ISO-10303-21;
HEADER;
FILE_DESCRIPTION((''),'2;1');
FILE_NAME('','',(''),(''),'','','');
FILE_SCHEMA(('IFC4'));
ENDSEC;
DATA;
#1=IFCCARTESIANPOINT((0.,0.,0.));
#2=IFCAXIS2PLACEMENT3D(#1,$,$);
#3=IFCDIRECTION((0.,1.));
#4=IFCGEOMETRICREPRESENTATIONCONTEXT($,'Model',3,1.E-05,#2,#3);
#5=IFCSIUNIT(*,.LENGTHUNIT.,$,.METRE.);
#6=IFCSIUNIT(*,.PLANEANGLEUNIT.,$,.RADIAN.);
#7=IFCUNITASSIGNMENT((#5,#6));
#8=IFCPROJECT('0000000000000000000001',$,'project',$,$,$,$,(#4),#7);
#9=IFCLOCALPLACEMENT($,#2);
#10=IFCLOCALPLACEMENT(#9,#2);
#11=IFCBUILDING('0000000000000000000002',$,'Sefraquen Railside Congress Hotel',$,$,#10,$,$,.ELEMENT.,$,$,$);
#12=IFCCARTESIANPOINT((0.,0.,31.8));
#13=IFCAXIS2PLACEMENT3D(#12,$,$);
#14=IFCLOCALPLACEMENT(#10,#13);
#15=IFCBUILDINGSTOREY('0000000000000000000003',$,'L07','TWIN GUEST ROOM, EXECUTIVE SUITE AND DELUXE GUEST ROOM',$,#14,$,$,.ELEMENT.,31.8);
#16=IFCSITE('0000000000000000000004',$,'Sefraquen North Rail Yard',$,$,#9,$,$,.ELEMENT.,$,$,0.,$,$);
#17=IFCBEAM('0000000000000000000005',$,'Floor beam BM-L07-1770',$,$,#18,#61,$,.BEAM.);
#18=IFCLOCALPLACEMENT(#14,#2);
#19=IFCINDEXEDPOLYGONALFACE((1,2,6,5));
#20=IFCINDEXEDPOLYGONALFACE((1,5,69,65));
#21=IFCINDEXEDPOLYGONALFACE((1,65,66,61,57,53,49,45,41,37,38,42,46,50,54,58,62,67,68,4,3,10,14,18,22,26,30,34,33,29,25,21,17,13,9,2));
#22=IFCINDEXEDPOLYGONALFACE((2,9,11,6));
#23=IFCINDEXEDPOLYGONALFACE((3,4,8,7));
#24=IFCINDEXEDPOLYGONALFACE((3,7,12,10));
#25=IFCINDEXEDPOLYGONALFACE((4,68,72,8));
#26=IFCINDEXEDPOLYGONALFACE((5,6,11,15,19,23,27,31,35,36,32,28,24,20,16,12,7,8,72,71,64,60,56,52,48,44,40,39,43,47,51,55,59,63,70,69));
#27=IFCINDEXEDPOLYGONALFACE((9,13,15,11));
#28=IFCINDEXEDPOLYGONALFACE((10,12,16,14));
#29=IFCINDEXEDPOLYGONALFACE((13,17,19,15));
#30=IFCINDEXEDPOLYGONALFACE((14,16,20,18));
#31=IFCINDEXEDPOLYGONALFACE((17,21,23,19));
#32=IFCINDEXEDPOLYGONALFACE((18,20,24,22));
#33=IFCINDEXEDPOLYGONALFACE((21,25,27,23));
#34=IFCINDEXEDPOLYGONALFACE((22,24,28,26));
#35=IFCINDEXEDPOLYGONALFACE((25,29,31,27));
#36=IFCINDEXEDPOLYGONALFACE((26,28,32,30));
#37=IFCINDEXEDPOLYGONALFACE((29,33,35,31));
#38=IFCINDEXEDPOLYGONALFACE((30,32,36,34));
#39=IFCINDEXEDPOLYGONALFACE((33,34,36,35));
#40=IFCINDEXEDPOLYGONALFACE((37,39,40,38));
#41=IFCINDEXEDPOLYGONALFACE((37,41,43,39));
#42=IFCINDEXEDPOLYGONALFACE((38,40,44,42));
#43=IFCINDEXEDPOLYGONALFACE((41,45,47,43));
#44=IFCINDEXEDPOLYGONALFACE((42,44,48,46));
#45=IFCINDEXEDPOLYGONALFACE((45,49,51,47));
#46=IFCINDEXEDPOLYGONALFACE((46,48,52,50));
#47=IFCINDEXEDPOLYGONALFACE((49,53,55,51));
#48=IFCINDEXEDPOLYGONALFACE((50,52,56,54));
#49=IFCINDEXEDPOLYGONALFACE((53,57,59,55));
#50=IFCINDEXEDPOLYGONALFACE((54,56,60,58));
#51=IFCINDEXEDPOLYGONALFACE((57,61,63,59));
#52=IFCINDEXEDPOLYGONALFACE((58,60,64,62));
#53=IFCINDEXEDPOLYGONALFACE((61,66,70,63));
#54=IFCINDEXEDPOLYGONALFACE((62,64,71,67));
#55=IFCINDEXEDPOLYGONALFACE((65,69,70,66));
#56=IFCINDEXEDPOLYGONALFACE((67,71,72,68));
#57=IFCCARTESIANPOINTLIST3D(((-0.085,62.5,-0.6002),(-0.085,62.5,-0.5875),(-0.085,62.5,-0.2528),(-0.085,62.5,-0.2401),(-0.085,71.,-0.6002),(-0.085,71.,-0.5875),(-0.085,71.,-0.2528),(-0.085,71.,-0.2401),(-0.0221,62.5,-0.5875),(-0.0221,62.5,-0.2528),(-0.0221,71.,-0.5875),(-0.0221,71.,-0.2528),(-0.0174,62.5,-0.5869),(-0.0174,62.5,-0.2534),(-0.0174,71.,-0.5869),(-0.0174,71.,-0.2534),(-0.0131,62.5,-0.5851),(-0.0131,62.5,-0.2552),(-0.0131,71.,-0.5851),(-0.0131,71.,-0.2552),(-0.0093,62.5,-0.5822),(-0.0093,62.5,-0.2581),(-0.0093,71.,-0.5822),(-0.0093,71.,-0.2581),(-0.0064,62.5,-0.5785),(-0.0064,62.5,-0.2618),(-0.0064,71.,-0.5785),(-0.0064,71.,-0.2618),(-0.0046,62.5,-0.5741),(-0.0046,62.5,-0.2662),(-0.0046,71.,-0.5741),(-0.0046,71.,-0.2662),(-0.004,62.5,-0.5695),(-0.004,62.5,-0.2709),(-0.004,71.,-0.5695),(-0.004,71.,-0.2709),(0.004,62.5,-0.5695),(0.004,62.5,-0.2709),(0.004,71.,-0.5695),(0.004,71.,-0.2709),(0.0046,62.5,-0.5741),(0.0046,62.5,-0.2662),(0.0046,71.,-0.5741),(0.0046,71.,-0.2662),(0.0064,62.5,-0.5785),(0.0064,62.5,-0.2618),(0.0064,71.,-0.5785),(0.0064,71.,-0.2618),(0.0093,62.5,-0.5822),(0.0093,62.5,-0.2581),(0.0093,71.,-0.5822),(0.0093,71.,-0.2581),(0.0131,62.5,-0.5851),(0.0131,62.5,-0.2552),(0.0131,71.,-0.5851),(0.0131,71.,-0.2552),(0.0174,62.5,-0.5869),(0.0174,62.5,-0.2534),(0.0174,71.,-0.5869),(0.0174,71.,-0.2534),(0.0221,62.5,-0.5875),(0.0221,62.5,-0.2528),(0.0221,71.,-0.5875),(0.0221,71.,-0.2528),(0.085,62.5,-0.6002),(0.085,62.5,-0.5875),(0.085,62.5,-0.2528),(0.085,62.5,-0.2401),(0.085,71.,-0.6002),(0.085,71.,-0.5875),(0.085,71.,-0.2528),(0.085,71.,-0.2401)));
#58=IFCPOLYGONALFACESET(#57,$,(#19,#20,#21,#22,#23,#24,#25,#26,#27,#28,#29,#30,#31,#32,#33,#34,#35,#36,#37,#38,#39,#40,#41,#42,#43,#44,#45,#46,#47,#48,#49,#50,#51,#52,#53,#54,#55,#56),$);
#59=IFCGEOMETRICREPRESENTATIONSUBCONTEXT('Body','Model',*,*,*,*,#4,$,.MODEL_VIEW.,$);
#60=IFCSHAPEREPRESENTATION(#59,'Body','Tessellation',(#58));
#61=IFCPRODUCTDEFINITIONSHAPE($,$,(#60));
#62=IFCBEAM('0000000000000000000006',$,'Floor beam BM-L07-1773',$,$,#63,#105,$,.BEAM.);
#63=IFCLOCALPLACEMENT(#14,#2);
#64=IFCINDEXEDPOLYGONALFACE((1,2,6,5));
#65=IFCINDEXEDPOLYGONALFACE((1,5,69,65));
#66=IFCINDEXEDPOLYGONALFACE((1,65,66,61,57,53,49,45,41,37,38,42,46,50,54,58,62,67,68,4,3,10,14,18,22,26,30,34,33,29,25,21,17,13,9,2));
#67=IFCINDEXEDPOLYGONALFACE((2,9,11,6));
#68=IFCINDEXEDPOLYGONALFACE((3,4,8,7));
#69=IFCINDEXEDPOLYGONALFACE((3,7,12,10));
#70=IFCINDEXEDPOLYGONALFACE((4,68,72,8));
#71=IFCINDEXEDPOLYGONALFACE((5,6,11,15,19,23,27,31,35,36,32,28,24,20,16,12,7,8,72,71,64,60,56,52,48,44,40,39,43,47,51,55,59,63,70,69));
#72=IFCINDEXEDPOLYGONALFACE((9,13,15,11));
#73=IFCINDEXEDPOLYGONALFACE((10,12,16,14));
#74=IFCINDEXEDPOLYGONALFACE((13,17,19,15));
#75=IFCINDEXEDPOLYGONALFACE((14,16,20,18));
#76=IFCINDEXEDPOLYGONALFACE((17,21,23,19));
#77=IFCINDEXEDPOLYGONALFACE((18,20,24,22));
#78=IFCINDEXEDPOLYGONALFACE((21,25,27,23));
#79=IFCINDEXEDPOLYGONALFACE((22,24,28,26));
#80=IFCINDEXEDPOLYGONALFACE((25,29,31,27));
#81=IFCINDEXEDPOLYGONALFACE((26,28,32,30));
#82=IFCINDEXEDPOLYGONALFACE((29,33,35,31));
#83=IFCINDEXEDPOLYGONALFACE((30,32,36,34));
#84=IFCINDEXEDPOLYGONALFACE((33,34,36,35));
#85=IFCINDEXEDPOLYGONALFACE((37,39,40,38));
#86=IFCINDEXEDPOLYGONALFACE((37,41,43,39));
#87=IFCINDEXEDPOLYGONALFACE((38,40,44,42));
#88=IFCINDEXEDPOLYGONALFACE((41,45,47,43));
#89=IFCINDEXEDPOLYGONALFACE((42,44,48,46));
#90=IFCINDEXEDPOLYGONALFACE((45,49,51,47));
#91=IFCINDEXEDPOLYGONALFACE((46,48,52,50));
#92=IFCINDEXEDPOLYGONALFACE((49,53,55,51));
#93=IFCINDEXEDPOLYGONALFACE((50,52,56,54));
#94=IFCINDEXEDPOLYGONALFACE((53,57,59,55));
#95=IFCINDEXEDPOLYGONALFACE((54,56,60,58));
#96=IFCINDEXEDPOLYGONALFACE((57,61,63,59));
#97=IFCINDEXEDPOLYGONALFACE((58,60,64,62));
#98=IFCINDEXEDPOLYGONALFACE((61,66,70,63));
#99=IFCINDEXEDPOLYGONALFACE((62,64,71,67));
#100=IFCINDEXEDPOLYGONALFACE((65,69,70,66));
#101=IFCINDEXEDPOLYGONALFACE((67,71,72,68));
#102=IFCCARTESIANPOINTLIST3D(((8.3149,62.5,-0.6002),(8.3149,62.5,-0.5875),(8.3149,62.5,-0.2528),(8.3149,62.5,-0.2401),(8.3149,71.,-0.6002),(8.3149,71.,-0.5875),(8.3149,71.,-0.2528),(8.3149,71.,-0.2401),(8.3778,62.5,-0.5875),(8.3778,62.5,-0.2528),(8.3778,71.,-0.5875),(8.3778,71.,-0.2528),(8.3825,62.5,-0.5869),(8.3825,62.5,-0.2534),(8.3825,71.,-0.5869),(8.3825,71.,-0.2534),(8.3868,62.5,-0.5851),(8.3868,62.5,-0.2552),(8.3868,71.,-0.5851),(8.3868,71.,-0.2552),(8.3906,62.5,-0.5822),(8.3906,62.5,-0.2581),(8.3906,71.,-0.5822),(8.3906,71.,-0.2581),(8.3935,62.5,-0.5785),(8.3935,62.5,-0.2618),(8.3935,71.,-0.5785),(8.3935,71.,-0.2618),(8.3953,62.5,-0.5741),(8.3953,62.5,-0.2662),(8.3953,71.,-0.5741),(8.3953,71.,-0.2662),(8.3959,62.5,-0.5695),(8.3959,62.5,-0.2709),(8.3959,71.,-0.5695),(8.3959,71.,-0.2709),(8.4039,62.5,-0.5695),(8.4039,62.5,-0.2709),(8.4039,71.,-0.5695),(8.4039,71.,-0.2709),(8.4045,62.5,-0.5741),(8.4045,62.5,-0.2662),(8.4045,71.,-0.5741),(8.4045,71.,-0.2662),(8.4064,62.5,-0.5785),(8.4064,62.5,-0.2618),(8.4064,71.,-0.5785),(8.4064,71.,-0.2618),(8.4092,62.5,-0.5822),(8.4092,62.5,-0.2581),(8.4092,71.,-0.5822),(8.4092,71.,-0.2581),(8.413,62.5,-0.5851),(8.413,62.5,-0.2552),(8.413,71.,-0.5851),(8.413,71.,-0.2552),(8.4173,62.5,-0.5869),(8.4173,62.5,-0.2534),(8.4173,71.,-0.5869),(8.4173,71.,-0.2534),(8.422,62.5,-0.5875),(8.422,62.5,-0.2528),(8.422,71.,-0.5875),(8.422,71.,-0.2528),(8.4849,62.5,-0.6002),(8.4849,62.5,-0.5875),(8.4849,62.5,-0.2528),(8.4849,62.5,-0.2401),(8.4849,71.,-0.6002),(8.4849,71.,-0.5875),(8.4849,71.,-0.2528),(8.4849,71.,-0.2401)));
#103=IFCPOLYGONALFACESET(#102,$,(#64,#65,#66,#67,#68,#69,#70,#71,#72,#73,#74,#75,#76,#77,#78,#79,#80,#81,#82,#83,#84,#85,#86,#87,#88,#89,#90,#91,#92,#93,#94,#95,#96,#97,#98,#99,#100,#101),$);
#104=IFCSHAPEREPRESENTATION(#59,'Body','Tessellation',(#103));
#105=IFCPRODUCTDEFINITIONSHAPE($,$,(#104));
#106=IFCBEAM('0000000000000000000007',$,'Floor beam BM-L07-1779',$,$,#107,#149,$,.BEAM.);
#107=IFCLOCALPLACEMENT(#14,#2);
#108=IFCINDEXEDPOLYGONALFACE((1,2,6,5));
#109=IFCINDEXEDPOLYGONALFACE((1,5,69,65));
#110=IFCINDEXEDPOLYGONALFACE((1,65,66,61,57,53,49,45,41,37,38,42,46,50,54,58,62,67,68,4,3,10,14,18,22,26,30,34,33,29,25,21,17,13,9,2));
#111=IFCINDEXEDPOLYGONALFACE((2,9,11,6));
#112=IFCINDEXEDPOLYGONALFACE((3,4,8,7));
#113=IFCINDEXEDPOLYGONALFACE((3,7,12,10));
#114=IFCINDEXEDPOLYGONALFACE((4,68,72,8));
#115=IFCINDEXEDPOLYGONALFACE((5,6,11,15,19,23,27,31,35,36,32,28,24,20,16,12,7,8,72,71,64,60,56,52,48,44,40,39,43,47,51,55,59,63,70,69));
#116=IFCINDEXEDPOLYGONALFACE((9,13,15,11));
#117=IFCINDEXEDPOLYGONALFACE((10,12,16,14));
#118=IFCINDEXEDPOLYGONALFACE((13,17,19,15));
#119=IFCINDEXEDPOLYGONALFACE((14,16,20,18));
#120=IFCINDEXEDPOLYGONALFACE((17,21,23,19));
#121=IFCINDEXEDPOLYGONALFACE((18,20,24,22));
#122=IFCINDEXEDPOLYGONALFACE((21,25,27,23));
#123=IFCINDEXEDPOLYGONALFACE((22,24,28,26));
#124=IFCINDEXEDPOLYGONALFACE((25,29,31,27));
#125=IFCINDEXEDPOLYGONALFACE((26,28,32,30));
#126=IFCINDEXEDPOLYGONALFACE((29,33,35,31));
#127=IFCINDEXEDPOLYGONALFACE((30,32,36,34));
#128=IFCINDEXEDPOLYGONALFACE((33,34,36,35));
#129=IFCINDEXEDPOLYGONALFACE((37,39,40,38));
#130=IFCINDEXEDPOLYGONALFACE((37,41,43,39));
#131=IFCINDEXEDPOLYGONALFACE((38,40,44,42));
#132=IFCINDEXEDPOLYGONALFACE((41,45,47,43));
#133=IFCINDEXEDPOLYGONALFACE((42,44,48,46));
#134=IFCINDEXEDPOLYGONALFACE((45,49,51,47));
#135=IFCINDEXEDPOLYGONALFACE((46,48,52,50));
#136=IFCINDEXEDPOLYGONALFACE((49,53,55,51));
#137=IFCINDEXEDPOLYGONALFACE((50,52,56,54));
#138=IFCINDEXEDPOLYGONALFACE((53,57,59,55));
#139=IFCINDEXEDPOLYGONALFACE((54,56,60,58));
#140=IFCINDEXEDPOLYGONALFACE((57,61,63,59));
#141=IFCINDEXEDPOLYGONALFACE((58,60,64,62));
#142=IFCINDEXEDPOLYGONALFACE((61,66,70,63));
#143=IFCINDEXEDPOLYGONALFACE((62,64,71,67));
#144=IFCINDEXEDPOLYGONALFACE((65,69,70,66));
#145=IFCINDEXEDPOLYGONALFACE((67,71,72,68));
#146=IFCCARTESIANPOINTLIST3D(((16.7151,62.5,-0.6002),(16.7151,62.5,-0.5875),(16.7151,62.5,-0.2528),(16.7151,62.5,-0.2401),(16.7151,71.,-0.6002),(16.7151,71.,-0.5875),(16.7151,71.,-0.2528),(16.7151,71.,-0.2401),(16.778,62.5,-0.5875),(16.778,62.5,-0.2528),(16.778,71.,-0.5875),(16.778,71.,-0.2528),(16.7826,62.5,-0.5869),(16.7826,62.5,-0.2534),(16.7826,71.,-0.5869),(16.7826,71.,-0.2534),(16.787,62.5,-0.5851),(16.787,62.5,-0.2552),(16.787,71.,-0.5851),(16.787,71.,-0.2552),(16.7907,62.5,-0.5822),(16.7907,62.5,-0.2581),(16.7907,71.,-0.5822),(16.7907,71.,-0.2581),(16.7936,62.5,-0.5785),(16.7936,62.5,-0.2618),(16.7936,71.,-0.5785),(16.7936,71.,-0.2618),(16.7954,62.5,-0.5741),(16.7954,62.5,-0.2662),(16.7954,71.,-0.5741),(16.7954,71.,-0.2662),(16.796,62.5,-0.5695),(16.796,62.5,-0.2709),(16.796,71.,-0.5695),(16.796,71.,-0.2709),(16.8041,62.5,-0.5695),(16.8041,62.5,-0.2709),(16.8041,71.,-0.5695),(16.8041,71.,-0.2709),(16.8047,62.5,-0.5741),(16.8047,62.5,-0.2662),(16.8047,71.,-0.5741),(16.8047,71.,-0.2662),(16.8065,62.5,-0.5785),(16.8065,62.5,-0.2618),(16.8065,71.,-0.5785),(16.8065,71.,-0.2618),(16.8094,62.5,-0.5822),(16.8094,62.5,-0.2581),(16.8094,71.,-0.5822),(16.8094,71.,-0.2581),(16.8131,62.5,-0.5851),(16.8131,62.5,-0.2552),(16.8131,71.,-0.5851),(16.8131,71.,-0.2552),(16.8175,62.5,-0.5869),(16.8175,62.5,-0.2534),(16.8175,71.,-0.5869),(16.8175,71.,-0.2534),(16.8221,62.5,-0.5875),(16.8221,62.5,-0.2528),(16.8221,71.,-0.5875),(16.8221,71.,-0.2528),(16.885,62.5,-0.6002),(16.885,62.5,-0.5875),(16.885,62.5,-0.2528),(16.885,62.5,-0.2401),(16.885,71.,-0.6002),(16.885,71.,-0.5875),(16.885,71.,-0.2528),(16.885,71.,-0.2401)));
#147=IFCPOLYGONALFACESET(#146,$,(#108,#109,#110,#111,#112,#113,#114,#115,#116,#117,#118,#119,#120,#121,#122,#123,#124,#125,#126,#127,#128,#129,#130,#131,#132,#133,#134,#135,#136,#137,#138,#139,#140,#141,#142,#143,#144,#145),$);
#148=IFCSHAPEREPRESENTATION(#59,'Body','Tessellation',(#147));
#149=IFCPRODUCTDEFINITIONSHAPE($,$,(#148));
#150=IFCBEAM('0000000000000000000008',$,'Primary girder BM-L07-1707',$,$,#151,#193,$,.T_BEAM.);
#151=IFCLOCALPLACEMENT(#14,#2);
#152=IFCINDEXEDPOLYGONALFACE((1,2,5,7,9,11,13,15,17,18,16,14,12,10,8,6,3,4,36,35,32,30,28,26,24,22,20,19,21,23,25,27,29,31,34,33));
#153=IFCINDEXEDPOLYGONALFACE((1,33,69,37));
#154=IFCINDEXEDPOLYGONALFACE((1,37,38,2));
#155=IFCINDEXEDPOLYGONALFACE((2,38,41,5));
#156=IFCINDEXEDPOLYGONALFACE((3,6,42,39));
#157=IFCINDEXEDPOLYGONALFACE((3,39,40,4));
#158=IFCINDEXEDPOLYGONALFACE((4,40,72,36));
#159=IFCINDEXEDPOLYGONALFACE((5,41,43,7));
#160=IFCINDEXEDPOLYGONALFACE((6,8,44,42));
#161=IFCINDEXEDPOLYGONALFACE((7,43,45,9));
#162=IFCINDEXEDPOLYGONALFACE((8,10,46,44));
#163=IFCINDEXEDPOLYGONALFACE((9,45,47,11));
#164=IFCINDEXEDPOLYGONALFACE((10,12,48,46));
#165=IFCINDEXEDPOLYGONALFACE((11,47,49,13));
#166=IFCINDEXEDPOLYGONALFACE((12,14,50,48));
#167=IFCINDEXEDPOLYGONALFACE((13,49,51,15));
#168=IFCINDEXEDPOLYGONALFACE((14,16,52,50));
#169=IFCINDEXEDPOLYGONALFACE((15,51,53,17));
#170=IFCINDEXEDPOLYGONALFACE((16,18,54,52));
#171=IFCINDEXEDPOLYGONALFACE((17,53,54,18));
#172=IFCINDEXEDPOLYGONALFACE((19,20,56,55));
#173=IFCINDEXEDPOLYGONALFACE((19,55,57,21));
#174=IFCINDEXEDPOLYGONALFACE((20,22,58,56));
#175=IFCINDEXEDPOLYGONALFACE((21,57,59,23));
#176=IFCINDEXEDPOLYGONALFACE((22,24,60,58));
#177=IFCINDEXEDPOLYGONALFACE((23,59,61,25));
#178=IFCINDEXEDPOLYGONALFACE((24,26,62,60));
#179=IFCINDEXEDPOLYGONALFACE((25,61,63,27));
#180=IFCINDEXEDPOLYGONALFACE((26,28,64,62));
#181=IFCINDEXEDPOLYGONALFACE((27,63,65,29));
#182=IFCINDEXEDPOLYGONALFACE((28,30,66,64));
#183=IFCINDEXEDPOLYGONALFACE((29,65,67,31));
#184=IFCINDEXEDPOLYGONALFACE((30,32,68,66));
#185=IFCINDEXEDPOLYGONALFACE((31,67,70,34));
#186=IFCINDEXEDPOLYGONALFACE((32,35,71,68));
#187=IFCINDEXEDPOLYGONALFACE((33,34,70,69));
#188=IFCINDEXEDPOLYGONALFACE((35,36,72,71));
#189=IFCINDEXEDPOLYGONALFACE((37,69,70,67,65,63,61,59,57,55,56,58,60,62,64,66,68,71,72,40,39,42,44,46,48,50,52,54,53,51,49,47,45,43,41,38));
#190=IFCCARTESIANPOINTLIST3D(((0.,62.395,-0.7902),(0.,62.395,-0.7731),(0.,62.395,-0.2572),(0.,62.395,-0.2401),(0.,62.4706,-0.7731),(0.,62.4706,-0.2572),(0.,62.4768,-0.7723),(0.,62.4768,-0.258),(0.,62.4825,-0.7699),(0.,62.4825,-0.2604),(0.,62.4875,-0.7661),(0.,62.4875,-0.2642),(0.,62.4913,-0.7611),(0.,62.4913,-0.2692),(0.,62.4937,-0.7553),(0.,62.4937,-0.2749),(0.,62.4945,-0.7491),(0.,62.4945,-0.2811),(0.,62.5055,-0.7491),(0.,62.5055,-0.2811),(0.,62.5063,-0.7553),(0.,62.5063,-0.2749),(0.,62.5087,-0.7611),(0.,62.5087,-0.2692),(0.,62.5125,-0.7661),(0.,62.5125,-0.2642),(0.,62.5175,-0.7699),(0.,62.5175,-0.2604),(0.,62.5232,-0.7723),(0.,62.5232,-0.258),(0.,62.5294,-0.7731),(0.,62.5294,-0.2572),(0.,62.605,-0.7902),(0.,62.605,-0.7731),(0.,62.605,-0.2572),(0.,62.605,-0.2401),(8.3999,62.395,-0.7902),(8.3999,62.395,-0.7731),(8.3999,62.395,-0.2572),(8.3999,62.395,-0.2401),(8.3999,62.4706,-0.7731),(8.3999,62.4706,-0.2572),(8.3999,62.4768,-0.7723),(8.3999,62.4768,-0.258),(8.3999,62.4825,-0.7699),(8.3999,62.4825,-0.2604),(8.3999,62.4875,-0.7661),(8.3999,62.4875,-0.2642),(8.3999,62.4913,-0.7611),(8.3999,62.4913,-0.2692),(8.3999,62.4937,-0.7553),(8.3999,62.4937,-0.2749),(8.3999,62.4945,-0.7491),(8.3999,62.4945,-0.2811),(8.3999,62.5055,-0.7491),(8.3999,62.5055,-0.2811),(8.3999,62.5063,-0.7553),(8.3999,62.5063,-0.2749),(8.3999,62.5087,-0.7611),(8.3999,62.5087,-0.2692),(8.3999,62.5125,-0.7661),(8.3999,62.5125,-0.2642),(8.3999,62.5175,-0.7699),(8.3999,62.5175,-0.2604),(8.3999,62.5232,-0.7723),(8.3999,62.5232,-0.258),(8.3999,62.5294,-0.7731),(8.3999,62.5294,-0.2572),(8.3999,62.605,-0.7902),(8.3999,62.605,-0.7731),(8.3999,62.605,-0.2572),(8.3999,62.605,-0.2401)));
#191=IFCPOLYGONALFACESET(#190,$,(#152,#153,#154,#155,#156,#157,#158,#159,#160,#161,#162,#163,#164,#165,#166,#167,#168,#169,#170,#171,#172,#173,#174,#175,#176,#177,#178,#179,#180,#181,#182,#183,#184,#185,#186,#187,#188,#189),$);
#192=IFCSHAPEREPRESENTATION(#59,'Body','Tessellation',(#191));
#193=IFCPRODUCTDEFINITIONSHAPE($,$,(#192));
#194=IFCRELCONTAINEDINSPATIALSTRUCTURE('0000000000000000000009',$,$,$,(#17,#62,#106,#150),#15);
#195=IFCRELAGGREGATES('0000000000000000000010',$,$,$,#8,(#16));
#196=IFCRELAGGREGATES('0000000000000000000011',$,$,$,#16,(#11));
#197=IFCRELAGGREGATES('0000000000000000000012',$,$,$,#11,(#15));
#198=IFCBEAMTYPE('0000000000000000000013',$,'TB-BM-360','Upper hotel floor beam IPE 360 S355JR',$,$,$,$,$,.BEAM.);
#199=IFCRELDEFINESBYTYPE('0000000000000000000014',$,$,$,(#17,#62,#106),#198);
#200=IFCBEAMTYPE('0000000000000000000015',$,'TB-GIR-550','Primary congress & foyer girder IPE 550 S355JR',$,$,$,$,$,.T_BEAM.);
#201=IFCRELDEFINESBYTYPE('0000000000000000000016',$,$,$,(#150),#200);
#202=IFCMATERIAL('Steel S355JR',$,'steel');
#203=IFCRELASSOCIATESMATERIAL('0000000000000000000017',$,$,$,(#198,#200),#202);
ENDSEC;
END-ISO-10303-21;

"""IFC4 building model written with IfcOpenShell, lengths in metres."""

from ifc_helpers import new_model, si_unit, direction, frame, origin, origin_2d, place, context, subcontext, project, spatial, i_section, extrude, material, material_profile, profile_set, type_object, element, save


model = new_model("IFC4")

# Units and contexts
model_context = context("Model", 3, precision=1e-05, world=origin(), true_north=direction((0.0, 1.0)))
body_context = subcontext(model_context, "Body", "Model", "MODEL_VIEW")
ifc_project = project(units=[si_unit("LENGTHUNIT", "METRE"), si_unit("PLANEANGLEUNIT", "RADIAN")], contexts=[model_context])

# Site, building, storey
site_placement = place(None, origin())
site = spatial("IfcSite", under=ifc_project, at=site_placement, Name="Sefraquen North Rail Yard", CompositionType="ELEMENT", RefElevation=0.0)
building_placement = place(site_placement, origin())
building = spatial("IfcBuilding", under=site, at=building_placement, Name="Sefraquen Railside Congress Hotel", CompositionType="ELEMENT")
storey_placement = place(building_placement, frame((0.0, 0.0, 31.8)))
storey = spatial("IfcBuildingStorey", under=building, at=storey_placement, Name="L07", Description="TWIN GUEST ROOM, EXECUTIVE SUITE AND DELUXE GUEST ROOM", CompositionType="ELEMENT", Elevation=31.8)

# Shared definitions
ifc_material_1 = material(Name="Steel S355JR", Category="steel")

# Beams
ifc_material_profile_1 = material_profile(ifc_material_1, i_section(OverallWidth=0.1699, OverallDepth=0.3601, WebThickness=0.0081, FlangeThickness=0.0127, FilletRadius=0.0181, at=origin_2d()), Name="IPE 360")
ifc_profile_set_1 = profile_set([ifc_material_profile_1], Name="Steel S355JR")
beam_type_1 = type_object("IfcBeamType", Name="TB-BM-360", Description="Upper hotel floor beam IPE 360 S355JR", PredefinedType="BEAM", material=ifc_profile_set_1)
for number, where, z_axis, x_axis, name in (
    (1, (0.0, 62.5, -0.4202), (0.0, 1.0, 0.0), (-1.0, 0.0, 0.0), "Floor beam BM-L07-1770"),
    (2, (8.3999, 62.5, -0.4202), (0.0, 1.0, 0.0), (-1.0, 0.0, 0.0), "Floor beam BM-L07-1773"),
    (3, (16.8, 62.5, -0.4202), (0.0, 1.0, 0.0), (-1.0, 0.0, 0.0), "Floor beam BM-L07-1779"),
):
    element("IfcBeam", number, at=place(storey_placement, frame(where, z_axis=z_axis, x_axis=x_axis)), inside=storey, type_object=beam_type_1, Name=name, PredefinedType="BEAM", context=body_context, shape_type="SweptSolid", body=[
        extrude(i_section(OverallWidth=0.1699, OverallDepth=0.3601, WebThickness=0.0081, FlangeThickness=0.0127, FilletRadius=0.0181, at=origin_2d()), origin(), (0.0, 0.0, 1.0), 8.5),
    ])
ifc_material_profile_2 = material_profile(ifc_material_1, i_section(OverallWidth=0.21, OverallDepth=0.55, WebThickness=0.011, FlangeThickness=0.0171, FilletRadius=0.0239, at=origin_2d()), Name="IPE 550")
ifc_profile_set_2 = profile_set([ifc_material_profile_2], Name="Steel S355JR")
beam_type_2 = type_object("IfcBeamType", Name="TB-GIR-550", Description="Primary congress & foyer girder IPE 550 S355JR", PredefinedType="T_BEAM", material=ifc_profile_set_2)
beam_1_placement = place(storey_placement, frame((0.0, 62.5, -0.5151), z_axis=(1.0, 0.0, 0.0), x_axis=(0.0, 1.0, 0.0)))
element("IfcBeam", 4, at=beam_1_placement, inside=storey, type_object=beam_type_2, Name="Primary girder BM-L07-1707", PredefinedType="T_BEAM", context=body_context, shape_type="SweptSolid", body=[
    extrude(i_section(OverallWidth=0.21, OverallDepth=0.55, WebThickness=0.011, FlangeThickness=0.0171, FilletRadius=0.0239, at=origin_2d()), origin(), (0.0, 0.0, 1.0), 8.3999),
])

save(model, "model.ifc")
